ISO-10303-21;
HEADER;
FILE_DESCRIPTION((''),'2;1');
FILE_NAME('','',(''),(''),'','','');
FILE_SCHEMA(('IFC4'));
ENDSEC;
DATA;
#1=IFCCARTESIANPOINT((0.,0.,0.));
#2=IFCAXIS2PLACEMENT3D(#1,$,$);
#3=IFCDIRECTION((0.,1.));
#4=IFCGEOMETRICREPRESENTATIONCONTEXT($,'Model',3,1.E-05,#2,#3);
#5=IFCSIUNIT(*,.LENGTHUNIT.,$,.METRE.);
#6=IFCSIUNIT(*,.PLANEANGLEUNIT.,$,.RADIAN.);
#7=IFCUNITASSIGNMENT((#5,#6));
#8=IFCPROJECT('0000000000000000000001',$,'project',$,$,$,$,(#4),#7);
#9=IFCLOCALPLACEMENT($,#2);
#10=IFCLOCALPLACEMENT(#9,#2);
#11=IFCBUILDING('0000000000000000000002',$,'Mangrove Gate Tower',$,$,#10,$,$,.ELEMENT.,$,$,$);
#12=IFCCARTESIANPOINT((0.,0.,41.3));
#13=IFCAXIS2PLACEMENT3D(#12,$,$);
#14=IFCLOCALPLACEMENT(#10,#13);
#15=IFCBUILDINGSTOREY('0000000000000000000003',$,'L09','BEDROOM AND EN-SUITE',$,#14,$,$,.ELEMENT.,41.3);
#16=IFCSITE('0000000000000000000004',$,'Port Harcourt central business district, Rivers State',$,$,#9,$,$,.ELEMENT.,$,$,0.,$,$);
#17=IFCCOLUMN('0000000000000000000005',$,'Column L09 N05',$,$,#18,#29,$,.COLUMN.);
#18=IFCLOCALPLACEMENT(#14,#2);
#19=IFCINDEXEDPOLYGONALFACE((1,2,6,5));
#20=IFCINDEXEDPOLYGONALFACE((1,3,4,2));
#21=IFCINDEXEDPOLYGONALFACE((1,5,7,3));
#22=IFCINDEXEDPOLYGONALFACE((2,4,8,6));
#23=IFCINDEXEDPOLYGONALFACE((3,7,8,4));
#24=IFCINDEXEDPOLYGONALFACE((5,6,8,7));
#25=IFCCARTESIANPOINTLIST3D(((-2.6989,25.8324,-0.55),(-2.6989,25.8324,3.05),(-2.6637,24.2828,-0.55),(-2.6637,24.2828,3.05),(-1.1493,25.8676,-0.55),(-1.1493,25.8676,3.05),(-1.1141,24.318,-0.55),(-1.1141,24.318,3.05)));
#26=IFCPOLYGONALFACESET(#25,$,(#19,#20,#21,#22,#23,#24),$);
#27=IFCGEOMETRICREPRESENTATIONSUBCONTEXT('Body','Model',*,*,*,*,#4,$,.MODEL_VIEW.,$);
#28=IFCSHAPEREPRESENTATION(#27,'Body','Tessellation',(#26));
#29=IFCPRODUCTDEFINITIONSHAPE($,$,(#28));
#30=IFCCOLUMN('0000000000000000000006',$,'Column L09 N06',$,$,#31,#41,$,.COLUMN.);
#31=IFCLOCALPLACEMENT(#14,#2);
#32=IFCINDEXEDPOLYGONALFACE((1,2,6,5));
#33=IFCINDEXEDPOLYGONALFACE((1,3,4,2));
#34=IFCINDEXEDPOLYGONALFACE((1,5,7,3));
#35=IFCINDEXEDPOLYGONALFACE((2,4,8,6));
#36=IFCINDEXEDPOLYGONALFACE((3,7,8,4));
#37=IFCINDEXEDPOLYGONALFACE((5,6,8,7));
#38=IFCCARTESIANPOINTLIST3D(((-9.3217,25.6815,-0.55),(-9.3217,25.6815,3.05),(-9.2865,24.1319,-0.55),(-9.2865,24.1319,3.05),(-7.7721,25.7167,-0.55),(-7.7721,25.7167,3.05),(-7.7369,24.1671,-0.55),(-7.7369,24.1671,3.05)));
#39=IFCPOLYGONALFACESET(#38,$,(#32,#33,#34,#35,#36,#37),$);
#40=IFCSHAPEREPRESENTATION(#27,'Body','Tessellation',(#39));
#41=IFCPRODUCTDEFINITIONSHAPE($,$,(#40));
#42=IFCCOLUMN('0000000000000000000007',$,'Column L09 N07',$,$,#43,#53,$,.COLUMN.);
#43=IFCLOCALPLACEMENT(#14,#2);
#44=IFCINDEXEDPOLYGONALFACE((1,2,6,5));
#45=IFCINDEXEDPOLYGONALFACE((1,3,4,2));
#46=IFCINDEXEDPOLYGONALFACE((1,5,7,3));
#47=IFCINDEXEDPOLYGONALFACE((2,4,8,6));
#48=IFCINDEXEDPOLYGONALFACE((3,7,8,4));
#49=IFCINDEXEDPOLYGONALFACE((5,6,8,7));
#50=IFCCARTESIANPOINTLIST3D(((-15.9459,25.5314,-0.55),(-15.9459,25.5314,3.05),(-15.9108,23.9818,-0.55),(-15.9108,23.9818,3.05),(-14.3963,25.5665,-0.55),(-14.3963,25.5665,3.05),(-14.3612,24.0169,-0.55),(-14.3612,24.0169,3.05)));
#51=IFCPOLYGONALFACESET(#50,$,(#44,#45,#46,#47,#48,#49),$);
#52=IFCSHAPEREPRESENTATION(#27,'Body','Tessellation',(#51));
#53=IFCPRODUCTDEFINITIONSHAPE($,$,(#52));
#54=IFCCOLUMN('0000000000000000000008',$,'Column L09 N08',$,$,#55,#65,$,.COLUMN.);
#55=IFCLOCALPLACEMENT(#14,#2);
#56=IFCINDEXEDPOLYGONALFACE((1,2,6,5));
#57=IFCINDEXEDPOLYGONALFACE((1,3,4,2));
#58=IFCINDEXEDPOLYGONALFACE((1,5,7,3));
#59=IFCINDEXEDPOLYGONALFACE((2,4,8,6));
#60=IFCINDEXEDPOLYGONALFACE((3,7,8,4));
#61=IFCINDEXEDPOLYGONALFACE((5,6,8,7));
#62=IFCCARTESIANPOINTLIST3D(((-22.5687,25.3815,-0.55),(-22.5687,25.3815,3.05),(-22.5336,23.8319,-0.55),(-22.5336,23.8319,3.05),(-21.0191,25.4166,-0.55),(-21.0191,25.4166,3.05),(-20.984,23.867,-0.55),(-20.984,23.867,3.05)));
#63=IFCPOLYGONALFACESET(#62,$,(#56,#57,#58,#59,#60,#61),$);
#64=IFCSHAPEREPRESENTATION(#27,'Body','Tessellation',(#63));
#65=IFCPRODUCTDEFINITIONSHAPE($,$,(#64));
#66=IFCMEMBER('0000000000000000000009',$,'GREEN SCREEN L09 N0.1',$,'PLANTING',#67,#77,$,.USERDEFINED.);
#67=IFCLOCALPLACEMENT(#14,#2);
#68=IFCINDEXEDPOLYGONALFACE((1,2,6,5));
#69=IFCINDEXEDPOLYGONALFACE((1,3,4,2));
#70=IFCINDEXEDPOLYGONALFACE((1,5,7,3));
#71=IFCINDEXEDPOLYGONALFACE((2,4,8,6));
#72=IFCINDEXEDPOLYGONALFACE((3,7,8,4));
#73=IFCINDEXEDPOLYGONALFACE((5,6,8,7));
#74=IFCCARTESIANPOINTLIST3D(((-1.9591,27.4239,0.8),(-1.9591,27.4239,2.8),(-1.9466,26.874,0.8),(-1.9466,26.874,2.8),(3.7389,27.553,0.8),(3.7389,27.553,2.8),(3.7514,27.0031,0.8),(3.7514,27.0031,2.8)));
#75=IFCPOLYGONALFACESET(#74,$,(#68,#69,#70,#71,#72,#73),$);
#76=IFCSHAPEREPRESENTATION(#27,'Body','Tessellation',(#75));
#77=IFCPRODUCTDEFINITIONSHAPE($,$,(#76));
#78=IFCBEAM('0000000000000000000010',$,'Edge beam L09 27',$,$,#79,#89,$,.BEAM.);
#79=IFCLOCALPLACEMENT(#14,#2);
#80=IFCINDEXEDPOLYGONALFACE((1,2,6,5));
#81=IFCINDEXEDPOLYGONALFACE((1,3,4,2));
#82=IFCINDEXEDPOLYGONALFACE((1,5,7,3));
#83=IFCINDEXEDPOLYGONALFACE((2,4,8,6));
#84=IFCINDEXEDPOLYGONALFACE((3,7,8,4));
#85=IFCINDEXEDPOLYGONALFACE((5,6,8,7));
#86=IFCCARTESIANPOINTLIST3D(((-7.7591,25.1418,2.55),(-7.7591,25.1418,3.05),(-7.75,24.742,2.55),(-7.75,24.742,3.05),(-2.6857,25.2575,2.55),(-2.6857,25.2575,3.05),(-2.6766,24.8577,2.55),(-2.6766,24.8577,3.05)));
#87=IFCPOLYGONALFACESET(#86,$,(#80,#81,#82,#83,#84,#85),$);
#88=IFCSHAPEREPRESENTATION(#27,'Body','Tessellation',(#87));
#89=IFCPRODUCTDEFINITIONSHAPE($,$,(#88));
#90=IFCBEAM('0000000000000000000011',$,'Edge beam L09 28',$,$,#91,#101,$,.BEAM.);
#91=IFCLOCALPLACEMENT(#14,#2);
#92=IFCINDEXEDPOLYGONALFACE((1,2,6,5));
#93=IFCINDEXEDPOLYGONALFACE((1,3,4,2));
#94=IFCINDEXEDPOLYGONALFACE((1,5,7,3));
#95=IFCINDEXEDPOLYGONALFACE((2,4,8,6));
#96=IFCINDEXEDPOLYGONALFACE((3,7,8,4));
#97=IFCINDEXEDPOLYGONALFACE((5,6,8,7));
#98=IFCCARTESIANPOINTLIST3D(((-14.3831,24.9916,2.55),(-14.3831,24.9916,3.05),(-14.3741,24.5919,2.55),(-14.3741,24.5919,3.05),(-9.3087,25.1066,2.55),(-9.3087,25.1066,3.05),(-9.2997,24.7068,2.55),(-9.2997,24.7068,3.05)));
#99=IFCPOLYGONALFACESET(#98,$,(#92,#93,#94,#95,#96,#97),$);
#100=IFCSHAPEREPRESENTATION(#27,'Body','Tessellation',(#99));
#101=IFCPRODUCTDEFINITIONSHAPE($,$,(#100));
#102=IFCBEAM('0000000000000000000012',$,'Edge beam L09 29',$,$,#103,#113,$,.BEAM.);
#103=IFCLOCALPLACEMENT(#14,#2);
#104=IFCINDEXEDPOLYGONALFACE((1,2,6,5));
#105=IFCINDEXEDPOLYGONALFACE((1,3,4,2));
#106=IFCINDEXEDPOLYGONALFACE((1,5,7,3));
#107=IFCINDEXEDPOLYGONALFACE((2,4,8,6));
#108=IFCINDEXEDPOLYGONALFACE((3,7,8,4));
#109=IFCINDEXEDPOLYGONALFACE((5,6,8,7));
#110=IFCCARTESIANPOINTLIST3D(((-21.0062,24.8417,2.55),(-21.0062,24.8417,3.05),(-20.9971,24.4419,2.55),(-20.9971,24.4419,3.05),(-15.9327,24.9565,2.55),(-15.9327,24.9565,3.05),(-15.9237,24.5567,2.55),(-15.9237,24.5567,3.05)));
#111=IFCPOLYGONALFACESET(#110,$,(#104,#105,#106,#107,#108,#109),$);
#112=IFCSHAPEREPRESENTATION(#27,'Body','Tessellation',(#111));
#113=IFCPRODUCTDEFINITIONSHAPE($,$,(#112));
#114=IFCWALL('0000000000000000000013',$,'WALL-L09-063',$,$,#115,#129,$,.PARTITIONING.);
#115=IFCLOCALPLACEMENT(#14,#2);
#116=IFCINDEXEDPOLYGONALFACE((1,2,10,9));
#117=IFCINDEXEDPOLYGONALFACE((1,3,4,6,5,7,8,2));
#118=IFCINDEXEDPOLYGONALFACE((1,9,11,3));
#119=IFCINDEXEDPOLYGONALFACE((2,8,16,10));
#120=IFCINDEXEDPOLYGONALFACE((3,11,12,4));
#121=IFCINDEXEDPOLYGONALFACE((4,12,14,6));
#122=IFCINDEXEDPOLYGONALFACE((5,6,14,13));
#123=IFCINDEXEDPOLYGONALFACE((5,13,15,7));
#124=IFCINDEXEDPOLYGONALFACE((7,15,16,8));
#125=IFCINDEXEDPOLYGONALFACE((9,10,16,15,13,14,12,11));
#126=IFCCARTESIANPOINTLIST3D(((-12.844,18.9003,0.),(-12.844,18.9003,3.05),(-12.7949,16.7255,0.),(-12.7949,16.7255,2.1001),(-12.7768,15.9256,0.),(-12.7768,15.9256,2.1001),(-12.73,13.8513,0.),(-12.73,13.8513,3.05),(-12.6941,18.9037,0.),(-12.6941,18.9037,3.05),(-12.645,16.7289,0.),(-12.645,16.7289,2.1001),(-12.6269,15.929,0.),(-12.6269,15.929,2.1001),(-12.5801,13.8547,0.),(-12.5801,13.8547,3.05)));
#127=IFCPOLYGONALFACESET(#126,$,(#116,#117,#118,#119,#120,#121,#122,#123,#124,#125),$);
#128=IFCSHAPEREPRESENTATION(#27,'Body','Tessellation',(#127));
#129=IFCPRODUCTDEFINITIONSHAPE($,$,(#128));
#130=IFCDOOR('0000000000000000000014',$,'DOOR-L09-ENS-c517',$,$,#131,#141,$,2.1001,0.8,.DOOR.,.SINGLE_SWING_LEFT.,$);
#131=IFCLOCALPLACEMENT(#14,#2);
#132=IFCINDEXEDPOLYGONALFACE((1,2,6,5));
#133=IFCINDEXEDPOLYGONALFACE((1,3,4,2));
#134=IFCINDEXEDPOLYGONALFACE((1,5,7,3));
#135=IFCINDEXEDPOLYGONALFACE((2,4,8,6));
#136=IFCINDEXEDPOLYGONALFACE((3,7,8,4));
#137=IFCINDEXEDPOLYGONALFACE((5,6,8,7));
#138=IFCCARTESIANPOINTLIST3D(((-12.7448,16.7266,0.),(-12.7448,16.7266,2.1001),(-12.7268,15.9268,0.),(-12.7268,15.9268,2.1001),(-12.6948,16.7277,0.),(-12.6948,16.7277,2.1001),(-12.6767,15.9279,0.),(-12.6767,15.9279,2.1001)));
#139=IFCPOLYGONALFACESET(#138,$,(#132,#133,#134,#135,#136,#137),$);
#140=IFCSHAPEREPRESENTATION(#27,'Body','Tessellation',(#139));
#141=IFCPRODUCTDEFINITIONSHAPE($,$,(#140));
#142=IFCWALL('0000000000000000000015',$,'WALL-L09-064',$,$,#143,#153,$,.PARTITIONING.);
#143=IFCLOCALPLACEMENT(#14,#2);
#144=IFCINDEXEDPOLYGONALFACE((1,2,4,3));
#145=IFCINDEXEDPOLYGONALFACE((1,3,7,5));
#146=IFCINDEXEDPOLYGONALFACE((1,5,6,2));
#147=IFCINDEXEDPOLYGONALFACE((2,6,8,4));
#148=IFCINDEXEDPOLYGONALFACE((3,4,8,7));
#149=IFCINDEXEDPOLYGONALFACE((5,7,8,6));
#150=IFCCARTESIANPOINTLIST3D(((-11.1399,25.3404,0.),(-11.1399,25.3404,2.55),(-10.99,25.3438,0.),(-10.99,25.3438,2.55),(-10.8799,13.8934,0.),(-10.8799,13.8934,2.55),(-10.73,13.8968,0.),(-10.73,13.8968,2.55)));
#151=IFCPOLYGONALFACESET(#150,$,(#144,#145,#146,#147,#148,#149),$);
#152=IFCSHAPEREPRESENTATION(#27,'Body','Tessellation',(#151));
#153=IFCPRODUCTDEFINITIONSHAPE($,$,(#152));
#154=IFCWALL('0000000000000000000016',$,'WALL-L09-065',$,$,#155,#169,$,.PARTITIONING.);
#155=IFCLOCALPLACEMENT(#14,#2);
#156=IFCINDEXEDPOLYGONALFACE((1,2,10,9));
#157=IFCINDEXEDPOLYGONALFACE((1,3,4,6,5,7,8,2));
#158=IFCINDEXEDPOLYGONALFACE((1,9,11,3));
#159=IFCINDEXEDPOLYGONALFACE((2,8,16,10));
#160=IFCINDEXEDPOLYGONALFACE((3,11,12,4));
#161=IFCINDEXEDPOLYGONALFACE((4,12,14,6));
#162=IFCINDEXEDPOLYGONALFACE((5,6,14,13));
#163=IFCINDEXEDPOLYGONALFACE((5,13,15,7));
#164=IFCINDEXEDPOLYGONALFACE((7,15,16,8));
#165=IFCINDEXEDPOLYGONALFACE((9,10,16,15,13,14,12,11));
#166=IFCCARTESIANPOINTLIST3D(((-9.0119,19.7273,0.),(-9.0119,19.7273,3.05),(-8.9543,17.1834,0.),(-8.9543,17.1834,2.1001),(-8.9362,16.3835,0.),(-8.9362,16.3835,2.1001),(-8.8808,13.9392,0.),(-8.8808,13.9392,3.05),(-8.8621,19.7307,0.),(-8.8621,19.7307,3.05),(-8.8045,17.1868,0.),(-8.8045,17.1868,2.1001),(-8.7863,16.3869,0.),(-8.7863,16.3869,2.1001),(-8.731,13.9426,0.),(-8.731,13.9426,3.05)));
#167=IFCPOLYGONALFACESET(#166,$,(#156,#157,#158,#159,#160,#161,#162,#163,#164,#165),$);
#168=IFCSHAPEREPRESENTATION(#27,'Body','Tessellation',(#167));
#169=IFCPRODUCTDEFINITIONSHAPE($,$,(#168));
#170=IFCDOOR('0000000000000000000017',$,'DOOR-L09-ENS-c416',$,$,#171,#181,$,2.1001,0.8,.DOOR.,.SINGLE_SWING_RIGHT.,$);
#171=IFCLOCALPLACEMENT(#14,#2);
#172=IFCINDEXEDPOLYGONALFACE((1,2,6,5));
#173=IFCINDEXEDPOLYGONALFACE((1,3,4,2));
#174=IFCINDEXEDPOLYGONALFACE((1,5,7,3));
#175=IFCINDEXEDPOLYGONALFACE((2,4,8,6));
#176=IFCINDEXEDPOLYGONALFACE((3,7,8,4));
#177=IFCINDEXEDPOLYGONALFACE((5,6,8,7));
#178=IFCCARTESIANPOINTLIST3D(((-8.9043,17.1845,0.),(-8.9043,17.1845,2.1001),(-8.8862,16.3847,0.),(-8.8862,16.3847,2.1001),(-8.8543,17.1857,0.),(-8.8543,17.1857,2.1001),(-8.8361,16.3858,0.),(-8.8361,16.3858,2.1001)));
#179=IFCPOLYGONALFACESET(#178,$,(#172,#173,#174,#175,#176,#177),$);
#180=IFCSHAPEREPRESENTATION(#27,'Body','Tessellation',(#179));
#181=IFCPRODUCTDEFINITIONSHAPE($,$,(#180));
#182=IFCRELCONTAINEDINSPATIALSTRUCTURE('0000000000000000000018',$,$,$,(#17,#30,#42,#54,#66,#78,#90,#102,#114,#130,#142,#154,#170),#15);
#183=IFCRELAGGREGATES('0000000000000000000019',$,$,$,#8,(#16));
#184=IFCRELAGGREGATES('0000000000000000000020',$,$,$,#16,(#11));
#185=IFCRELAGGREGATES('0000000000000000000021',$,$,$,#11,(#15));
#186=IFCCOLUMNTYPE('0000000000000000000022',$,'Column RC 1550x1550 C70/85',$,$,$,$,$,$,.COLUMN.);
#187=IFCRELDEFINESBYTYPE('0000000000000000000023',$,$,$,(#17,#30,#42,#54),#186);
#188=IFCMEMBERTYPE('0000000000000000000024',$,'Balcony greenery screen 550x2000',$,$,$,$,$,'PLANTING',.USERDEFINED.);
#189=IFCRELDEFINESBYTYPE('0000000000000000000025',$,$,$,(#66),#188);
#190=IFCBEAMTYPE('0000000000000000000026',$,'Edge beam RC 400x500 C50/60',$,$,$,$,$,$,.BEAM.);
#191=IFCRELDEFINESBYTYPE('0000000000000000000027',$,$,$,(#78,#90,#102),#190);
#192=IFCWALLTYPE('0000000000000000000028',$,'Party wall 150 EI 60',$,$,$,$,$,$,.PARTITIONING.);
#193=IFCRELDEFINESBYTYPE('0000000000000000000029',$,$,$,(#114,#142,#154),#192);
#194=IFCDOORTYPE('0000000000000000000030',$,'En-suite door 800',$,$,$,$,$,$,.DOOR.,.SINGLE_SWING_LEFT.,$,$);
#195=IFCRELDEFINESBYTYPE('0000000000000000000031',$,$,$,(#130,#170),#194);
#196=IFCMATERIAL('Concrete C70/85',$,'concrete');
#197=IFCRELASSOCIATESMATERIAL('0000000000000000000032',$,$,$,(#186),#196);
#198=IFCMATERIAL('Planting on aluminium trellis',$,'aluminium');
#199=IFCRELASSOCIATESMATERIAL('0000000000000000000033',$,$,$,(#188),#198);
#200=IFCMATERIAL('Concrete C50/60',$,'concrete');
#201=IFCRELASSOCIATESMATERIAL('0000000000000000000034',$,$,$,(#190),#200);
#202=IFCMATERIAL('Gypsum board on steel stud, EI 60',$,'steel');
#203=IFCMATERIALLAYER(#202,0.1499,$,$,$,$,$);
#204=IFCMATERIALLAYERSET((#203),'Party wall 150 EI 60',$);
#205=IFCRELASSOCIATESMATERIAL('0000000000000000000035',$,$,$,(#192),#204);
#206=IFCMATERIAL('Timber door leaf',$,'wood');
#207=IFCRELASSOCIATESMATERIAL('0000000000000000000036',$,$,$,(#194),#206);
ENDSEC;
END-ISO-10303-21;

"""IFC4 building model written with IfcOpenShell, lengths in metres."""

from ifc_helpers import new_model, si_unit, direction, frame, frame_2d, origin, origin_2d, place, context, subcontext, project, spatial, rectangle, extrude, material, layer, layer_set, material_profile, profile_set, type_object, element, fill, save


model = new_model("IFC4")

# Units and contexts
model_context = context("Model", 3, precision=1e-05, world=origin(), true_north=direction((0.0, 1.0)))
body_context = subcontext(model_context, "Body", "Model", "MODEL_VIEW")
ifc_project = project(units=[si_unit("LENGTHUNIT", "METRE"), si_unit("PLANEANGLEUNIT", "RADIAN")], contexts=[model_context])

# Site, building, storey
site_placement = place(None, origin())
site = spatial("IfcSite", under=ifc_project, at=site_placement, Name="Port Harcourt central business district, Rivers State", CompositionType="ELEMENT", RefElevation=0.0)
building_placement = place(site_placement, origin())
building = spatial("IfcBuilding", under=site, at=building_placement, Name="Mangrove Gate Tower", CompositionType="ELEMENT")
storey_placement = place(building_placement, frame((0.0, 0.0, 41.3)))
storey = spatial("IfcBuildingStorey", under=building, at=storey_placement, Name="L09", Description="BEDROOM AND EN-SUITE", CompositionType="ELEMENT", Elevation=41.3)

# Columns
ifc_material_1 = material(Name="Concrete C70/85", Category="concrete")
ifc_material_profile_1 = material_profile(ifc_material_1, rectangle(XDim=1.55, YDim=1.55, at=origin_2d()))
ifc_profile_set_1 = profile_set([ifc_material_profile_1], Name="Concrete C70/85")
column_type = type_object("IfcColumnType", Name="Column RC 1550x1550 C70/85", PredefinedType="COLUMN", material=ifc_profile_set_1)
for number, where, z_axis, x_axis, name in (
    (1, (-1.9065, 25.0752, -0.55), (0.0, 0.0, 1.0), (-0.999742, -0.022718, 0.0), "Column L09 N05"),
    (2, (-8.5293, 24.9243, -0.55), (0.0, 0.0, 1.0), (-0.999742, -0.022716, 0.0), "Column L09 N06"),
    (3, (-15.1536, 24.7742, -0.55), (0.0, 0.0, 1.0), (-0.999744, -0.022641, 0.0), "Column L09 N07"),
    (4, (-21.7764, 24.6243, -0.55), (0.0, 0.0, 1.0), (-0.999744, -0.022643, 0.0), "Column L09 N08"),
):
    element("IfcColumn", number, at=place(storey_placement, frame(where, z_axis=z_axis, x_axis=x_axis)), inside=storey, type_object=column_type, Name=name, PredefinedType="COLUMN", context=body_context, shape_type="SweptSolid", body=[
        extrude(rectangle(XDim=1.55, YDim=1.55, at=origin_2d()), origin(), (0.0, 0.0, 1.0), 3.6001),
    ])

# Member
ifc_material_2 = material(Name="Planting on aluminium trellis", Category="aluminium")
ifc_material_profile_2 = material_profile(ifc_material_2, rectangle(XDim=0.55, YDim=2.0, at=origin_2d()))
ifc_profile_set_2 = profile_set([ifc_material_profile_2], Name="Planting on aluminium trellis")
member_type = type_object("IfcMemberType", Name="Balcony greenery screen 550x2000", ElementType="PLANTING", PredefinedType="USERDEFINED", material=ifc_profile_set_2)
member_placement = place(storey_placement, frame((-1.9529, 27.1489, 1.8), z_axis=(0.999743, 0.02266, 0.0), x_axis=(-0.02266, 0.999743, 0.0)))
element("IfcMember", 5, at=member_placement, inside=storey, type_object=member_type, Name="GREEN SCREEN L09 N0.1", ObjectType="PLANTING", PredefinedType="USERDEFINED", context=body_context, shape_type="SweptSolid", body=[
    extrude(rectangle(XDim=0.55, YDim=2.0, at=origin_2d()), origin(), (0.0, 0.0, 1.0), 5.6995),
])

# Beams
ifc_material_3 = material(Name="Concrete C50/60", Category="concrete")
ifc_material_profile_3 = material_profile(ifc_material_3, rectangle(XDim=0.3999, YDim=0.5, at=origin_2d()))
ifc_profile_set_3 = profile_set([ifc_material_profile_3], Name="Concrete C50/60")
beam_type = type_object("IfcBeamType", Name="Edge beam RC 400x500 C50/60", PredefinedType="BEAM", material=ifc_profile_set_3)
beam_1_placement = place(storey_placement, frame((-2.6812, 25.0576, 2.8), z_axis=(-0.99974, -0.022803, 0.0), x_axis=(0.022803, -0.99974, 0.0)))
element("IfcBeam", 6, at=beam_1_placement, inside=storey, type_object=beam_type, Name="Edge beam L09 27", PredefinedType="BEAM", context=body_context, shape_type="SweptSolid", body=[
    extrude(rectangle(XDim=0.3999, YDim=0.5, at=origin_2d()), origin(), (0.0, 0.0, 1.0), 5.0747),
])
beam_2_placement = place(storey_placement, frame((-9.3042, 24.9067, 2.8), z_axis=(-0.999743, -0.022655, 0.0), x_axis=(0.022655, -0.999743, 0.0)))
element("IfcBeam", 7, at=beam_2_placement, inside=storey, type_object=beam_type, Name="Edge beam L09 28", PredefinedType="BEAM", context=body_context, shape_type="SweptSolid", body=[
    extrude(rectangle(XDim=0.3999, YDim=0.5, at=origin_2d()), origin(), (0.0, 0.0, 1.0), 5.0757),
])
beam_3_placement = place(storey_placement, frame((-15.9282, 24.7566, 2.8), z_axis=(-0.999744, -0.022611, 0.0), x_axis=(0.022611, -0.999744, 0.0)))
element("IfcBeam", 8, at=beam_3_placement, inside=storey, type_object=beam_type, Name="Edge beam L09 29", PredefinedType="BEAM", context=body_context, shape_type="SweptSolid", body=[
    extrude(rectangle(XDim=0.3999, YDim=0.5, at=origin_2d()), origin(), (0.0, 0.0, 1.0), 5.0747),
])

# Wall, opening, door
ifc_material_4 = material(Name="Gypsum board on steel stud, EI 60", Category="steel")
ifc_layer_1 = layer(ifc_material_4, 0.1499)
ifc_layer_set_1 = layer_set([ifc_layer_1], Name="Party wall 150 EI 60")
wall_type_1 = type_object("IfcWallType", Name="Party wall 150 EI 60", PredefinedType="PARTITIONING", material=ifc_layer_set_1)
wall_1_placement = place(storey_placement, frame((-12.655, 13.853, 0.0), z_axis=(0.0, 0.0, 1.0), x_axis=(-0.022575, 0.999745, 0.0)))
wall_1 = element("IfcWall", 9, at=wall_1_placement, inside=storey, type_object=wall_type_1, Name="WALL-L09-063", PredefinedType="PARTITIONING", context=body_context, shape_type="SweptSolid", body=[
    extrude(rectangle(XDim=5.0503, YDim=0.1499, at=frame_2d((2.5251, 0.0))), origin(), (0.0, 0.0, 1.0), 3.05),
])
opening_1_placement = place(wall_1_placement, frame((2.075, 0.0, 0.0)))
opening_1 = element("IfcOpeningElement", 10, at=opening_1_placement, cuts=wall_1, PredefinedType="OPENING", context=body_context, shape_type="SweptSolid", body=[
    extrude(rectangle(XDim=0.8, YDim=2.1001, at=frame_2d((0.3999, 1.05))), frame((0.0, 0.085, 0.0), z_axis=(0.0, -1.0, 0.0), x_axis=(1.0, 0.0, 0.0)), (0.0, 0.0, 1.0), 0.1699),
])
ifc_material_5 = material(Name="Timber door leaf", Category="wood")
door_type = type_object("IfcDoorType", Name="En-suite door 800", OperationType="SINGLE_SWING_LEFT", PredefinedType="DOOR", material=ifc_material_5)
door_1_placement = place(opening_1_placement, origin())
door_1 = element("IfcDoor", 11, at=door_1_placement, inside=storey, type_object=door_type, Name="DOOR-L09-ENS-c517", OperationType="SINGLE_SWING_LEFT", OverallHeight=2.1001, OverallWidth=0.8, PredefinedType="DOOR", context=body_context, shape_type="SweptSolid", body=[
    extrude(rectangle(XDim=0.8, YDim=2.1001, at=frame_2d((0.3999, 1.05))), frame((0.0, 0.0249, 0.0), z_axis=(0.0, -1.0, 0.0), x_axis=(1.0, 0.0, 0.0)), (0.0, 0.0, 1.0), 0.05),
])
fill(opening_1, door_1)

# Wall
wall_2_placement = place(storey_placement, frame((-10.8049, 13.895, 0.0), z_axis=(0.0, 0.0, 1.0), x_axis=(-0.022708, 0.999742, 0.0)))
element("IfcWall", 12, at=wall_2_placement, inside=storey, type_object=wall_type_1, Name="WALL-L09-064", PredefinedType="PARTITIONING", context=body_context, shape_type="SweptSolid", body=[
    extrude(rectangle(XDim=11.45, YDim=0.1499, at=frame_2d((5.7251, 0.0))), origin(), (0.0, 0.0, 1.0), 2.55),
])

# Wall, opening, door
wall_3_placement = place(storey_placement, frame((-8.8059, 13.9409, 0.0), z_axis=(0.0, 0.0, 1.0), x_axis=(-0.022645, 0.999744, 0.0)))
wall_3 = element("IfcWall", 13, at=wall_3_placement, inside=storey, type_object=wall_type_1, Name="WALL-L09-065", PredefinedType="PARTITIONING", context=body_context, shape_type="SweptSolid", body=[
    extrude(rectangle(XDim=5.7896, YDim=0.1499, at=frame_2d((2.8948, 0.0))), origin(), (0.0, 0.0, 1.0), 3.05),
])
opening_2_placement = place(wall_3_placement, frame((2.4451, 0.0, 0.0)))
opening_2 = element("IfcOpeningElement", 14, at=opening_2_placement, cuts=wall_3, PredefinedType="OPENING", context=body_context, shape_type="SweptSolid", body=[
    extrude(rectangle(XDim=0.8, YDim=2.1001, at=frame_2d((0.3999, 1.05))), frame((0.0, 0.085, 0.0), z_axis=(0.0, -1.0, 0.0), x_axis=(1.0, 0.0, 0.0)), (0.0, 0.0, 1.0), 0.1699),
])
door_2_placement = place(opening_2_placement, origin())
door_2 = element("IfcDoor", 15, at=door_2_placement, inside=storey, type_object=door_type, Name="DOOR-L09-ENS-c416", OperationType="SINGLE_SWING_RIGHT", OverallHeight=2.1001, OverallWidth=0.8, PredefinedType="DOOR", context=body_context, shape_type="SweptSolid", body=[
    extrude(rectangle(XDim=0.8, YDim=2.1001, at=frame_2d((0.3999, 1.05))), frame((0.0, 0.0249, 0.0), z_axis=(0.0, -1.0, 0.0), x_axis=(1.0, 0.0, 0.0)), (0.0, 0.0, 1.0), 0.05),
])
fill(opening_2, door_2)

save(model, "model.ifc")
